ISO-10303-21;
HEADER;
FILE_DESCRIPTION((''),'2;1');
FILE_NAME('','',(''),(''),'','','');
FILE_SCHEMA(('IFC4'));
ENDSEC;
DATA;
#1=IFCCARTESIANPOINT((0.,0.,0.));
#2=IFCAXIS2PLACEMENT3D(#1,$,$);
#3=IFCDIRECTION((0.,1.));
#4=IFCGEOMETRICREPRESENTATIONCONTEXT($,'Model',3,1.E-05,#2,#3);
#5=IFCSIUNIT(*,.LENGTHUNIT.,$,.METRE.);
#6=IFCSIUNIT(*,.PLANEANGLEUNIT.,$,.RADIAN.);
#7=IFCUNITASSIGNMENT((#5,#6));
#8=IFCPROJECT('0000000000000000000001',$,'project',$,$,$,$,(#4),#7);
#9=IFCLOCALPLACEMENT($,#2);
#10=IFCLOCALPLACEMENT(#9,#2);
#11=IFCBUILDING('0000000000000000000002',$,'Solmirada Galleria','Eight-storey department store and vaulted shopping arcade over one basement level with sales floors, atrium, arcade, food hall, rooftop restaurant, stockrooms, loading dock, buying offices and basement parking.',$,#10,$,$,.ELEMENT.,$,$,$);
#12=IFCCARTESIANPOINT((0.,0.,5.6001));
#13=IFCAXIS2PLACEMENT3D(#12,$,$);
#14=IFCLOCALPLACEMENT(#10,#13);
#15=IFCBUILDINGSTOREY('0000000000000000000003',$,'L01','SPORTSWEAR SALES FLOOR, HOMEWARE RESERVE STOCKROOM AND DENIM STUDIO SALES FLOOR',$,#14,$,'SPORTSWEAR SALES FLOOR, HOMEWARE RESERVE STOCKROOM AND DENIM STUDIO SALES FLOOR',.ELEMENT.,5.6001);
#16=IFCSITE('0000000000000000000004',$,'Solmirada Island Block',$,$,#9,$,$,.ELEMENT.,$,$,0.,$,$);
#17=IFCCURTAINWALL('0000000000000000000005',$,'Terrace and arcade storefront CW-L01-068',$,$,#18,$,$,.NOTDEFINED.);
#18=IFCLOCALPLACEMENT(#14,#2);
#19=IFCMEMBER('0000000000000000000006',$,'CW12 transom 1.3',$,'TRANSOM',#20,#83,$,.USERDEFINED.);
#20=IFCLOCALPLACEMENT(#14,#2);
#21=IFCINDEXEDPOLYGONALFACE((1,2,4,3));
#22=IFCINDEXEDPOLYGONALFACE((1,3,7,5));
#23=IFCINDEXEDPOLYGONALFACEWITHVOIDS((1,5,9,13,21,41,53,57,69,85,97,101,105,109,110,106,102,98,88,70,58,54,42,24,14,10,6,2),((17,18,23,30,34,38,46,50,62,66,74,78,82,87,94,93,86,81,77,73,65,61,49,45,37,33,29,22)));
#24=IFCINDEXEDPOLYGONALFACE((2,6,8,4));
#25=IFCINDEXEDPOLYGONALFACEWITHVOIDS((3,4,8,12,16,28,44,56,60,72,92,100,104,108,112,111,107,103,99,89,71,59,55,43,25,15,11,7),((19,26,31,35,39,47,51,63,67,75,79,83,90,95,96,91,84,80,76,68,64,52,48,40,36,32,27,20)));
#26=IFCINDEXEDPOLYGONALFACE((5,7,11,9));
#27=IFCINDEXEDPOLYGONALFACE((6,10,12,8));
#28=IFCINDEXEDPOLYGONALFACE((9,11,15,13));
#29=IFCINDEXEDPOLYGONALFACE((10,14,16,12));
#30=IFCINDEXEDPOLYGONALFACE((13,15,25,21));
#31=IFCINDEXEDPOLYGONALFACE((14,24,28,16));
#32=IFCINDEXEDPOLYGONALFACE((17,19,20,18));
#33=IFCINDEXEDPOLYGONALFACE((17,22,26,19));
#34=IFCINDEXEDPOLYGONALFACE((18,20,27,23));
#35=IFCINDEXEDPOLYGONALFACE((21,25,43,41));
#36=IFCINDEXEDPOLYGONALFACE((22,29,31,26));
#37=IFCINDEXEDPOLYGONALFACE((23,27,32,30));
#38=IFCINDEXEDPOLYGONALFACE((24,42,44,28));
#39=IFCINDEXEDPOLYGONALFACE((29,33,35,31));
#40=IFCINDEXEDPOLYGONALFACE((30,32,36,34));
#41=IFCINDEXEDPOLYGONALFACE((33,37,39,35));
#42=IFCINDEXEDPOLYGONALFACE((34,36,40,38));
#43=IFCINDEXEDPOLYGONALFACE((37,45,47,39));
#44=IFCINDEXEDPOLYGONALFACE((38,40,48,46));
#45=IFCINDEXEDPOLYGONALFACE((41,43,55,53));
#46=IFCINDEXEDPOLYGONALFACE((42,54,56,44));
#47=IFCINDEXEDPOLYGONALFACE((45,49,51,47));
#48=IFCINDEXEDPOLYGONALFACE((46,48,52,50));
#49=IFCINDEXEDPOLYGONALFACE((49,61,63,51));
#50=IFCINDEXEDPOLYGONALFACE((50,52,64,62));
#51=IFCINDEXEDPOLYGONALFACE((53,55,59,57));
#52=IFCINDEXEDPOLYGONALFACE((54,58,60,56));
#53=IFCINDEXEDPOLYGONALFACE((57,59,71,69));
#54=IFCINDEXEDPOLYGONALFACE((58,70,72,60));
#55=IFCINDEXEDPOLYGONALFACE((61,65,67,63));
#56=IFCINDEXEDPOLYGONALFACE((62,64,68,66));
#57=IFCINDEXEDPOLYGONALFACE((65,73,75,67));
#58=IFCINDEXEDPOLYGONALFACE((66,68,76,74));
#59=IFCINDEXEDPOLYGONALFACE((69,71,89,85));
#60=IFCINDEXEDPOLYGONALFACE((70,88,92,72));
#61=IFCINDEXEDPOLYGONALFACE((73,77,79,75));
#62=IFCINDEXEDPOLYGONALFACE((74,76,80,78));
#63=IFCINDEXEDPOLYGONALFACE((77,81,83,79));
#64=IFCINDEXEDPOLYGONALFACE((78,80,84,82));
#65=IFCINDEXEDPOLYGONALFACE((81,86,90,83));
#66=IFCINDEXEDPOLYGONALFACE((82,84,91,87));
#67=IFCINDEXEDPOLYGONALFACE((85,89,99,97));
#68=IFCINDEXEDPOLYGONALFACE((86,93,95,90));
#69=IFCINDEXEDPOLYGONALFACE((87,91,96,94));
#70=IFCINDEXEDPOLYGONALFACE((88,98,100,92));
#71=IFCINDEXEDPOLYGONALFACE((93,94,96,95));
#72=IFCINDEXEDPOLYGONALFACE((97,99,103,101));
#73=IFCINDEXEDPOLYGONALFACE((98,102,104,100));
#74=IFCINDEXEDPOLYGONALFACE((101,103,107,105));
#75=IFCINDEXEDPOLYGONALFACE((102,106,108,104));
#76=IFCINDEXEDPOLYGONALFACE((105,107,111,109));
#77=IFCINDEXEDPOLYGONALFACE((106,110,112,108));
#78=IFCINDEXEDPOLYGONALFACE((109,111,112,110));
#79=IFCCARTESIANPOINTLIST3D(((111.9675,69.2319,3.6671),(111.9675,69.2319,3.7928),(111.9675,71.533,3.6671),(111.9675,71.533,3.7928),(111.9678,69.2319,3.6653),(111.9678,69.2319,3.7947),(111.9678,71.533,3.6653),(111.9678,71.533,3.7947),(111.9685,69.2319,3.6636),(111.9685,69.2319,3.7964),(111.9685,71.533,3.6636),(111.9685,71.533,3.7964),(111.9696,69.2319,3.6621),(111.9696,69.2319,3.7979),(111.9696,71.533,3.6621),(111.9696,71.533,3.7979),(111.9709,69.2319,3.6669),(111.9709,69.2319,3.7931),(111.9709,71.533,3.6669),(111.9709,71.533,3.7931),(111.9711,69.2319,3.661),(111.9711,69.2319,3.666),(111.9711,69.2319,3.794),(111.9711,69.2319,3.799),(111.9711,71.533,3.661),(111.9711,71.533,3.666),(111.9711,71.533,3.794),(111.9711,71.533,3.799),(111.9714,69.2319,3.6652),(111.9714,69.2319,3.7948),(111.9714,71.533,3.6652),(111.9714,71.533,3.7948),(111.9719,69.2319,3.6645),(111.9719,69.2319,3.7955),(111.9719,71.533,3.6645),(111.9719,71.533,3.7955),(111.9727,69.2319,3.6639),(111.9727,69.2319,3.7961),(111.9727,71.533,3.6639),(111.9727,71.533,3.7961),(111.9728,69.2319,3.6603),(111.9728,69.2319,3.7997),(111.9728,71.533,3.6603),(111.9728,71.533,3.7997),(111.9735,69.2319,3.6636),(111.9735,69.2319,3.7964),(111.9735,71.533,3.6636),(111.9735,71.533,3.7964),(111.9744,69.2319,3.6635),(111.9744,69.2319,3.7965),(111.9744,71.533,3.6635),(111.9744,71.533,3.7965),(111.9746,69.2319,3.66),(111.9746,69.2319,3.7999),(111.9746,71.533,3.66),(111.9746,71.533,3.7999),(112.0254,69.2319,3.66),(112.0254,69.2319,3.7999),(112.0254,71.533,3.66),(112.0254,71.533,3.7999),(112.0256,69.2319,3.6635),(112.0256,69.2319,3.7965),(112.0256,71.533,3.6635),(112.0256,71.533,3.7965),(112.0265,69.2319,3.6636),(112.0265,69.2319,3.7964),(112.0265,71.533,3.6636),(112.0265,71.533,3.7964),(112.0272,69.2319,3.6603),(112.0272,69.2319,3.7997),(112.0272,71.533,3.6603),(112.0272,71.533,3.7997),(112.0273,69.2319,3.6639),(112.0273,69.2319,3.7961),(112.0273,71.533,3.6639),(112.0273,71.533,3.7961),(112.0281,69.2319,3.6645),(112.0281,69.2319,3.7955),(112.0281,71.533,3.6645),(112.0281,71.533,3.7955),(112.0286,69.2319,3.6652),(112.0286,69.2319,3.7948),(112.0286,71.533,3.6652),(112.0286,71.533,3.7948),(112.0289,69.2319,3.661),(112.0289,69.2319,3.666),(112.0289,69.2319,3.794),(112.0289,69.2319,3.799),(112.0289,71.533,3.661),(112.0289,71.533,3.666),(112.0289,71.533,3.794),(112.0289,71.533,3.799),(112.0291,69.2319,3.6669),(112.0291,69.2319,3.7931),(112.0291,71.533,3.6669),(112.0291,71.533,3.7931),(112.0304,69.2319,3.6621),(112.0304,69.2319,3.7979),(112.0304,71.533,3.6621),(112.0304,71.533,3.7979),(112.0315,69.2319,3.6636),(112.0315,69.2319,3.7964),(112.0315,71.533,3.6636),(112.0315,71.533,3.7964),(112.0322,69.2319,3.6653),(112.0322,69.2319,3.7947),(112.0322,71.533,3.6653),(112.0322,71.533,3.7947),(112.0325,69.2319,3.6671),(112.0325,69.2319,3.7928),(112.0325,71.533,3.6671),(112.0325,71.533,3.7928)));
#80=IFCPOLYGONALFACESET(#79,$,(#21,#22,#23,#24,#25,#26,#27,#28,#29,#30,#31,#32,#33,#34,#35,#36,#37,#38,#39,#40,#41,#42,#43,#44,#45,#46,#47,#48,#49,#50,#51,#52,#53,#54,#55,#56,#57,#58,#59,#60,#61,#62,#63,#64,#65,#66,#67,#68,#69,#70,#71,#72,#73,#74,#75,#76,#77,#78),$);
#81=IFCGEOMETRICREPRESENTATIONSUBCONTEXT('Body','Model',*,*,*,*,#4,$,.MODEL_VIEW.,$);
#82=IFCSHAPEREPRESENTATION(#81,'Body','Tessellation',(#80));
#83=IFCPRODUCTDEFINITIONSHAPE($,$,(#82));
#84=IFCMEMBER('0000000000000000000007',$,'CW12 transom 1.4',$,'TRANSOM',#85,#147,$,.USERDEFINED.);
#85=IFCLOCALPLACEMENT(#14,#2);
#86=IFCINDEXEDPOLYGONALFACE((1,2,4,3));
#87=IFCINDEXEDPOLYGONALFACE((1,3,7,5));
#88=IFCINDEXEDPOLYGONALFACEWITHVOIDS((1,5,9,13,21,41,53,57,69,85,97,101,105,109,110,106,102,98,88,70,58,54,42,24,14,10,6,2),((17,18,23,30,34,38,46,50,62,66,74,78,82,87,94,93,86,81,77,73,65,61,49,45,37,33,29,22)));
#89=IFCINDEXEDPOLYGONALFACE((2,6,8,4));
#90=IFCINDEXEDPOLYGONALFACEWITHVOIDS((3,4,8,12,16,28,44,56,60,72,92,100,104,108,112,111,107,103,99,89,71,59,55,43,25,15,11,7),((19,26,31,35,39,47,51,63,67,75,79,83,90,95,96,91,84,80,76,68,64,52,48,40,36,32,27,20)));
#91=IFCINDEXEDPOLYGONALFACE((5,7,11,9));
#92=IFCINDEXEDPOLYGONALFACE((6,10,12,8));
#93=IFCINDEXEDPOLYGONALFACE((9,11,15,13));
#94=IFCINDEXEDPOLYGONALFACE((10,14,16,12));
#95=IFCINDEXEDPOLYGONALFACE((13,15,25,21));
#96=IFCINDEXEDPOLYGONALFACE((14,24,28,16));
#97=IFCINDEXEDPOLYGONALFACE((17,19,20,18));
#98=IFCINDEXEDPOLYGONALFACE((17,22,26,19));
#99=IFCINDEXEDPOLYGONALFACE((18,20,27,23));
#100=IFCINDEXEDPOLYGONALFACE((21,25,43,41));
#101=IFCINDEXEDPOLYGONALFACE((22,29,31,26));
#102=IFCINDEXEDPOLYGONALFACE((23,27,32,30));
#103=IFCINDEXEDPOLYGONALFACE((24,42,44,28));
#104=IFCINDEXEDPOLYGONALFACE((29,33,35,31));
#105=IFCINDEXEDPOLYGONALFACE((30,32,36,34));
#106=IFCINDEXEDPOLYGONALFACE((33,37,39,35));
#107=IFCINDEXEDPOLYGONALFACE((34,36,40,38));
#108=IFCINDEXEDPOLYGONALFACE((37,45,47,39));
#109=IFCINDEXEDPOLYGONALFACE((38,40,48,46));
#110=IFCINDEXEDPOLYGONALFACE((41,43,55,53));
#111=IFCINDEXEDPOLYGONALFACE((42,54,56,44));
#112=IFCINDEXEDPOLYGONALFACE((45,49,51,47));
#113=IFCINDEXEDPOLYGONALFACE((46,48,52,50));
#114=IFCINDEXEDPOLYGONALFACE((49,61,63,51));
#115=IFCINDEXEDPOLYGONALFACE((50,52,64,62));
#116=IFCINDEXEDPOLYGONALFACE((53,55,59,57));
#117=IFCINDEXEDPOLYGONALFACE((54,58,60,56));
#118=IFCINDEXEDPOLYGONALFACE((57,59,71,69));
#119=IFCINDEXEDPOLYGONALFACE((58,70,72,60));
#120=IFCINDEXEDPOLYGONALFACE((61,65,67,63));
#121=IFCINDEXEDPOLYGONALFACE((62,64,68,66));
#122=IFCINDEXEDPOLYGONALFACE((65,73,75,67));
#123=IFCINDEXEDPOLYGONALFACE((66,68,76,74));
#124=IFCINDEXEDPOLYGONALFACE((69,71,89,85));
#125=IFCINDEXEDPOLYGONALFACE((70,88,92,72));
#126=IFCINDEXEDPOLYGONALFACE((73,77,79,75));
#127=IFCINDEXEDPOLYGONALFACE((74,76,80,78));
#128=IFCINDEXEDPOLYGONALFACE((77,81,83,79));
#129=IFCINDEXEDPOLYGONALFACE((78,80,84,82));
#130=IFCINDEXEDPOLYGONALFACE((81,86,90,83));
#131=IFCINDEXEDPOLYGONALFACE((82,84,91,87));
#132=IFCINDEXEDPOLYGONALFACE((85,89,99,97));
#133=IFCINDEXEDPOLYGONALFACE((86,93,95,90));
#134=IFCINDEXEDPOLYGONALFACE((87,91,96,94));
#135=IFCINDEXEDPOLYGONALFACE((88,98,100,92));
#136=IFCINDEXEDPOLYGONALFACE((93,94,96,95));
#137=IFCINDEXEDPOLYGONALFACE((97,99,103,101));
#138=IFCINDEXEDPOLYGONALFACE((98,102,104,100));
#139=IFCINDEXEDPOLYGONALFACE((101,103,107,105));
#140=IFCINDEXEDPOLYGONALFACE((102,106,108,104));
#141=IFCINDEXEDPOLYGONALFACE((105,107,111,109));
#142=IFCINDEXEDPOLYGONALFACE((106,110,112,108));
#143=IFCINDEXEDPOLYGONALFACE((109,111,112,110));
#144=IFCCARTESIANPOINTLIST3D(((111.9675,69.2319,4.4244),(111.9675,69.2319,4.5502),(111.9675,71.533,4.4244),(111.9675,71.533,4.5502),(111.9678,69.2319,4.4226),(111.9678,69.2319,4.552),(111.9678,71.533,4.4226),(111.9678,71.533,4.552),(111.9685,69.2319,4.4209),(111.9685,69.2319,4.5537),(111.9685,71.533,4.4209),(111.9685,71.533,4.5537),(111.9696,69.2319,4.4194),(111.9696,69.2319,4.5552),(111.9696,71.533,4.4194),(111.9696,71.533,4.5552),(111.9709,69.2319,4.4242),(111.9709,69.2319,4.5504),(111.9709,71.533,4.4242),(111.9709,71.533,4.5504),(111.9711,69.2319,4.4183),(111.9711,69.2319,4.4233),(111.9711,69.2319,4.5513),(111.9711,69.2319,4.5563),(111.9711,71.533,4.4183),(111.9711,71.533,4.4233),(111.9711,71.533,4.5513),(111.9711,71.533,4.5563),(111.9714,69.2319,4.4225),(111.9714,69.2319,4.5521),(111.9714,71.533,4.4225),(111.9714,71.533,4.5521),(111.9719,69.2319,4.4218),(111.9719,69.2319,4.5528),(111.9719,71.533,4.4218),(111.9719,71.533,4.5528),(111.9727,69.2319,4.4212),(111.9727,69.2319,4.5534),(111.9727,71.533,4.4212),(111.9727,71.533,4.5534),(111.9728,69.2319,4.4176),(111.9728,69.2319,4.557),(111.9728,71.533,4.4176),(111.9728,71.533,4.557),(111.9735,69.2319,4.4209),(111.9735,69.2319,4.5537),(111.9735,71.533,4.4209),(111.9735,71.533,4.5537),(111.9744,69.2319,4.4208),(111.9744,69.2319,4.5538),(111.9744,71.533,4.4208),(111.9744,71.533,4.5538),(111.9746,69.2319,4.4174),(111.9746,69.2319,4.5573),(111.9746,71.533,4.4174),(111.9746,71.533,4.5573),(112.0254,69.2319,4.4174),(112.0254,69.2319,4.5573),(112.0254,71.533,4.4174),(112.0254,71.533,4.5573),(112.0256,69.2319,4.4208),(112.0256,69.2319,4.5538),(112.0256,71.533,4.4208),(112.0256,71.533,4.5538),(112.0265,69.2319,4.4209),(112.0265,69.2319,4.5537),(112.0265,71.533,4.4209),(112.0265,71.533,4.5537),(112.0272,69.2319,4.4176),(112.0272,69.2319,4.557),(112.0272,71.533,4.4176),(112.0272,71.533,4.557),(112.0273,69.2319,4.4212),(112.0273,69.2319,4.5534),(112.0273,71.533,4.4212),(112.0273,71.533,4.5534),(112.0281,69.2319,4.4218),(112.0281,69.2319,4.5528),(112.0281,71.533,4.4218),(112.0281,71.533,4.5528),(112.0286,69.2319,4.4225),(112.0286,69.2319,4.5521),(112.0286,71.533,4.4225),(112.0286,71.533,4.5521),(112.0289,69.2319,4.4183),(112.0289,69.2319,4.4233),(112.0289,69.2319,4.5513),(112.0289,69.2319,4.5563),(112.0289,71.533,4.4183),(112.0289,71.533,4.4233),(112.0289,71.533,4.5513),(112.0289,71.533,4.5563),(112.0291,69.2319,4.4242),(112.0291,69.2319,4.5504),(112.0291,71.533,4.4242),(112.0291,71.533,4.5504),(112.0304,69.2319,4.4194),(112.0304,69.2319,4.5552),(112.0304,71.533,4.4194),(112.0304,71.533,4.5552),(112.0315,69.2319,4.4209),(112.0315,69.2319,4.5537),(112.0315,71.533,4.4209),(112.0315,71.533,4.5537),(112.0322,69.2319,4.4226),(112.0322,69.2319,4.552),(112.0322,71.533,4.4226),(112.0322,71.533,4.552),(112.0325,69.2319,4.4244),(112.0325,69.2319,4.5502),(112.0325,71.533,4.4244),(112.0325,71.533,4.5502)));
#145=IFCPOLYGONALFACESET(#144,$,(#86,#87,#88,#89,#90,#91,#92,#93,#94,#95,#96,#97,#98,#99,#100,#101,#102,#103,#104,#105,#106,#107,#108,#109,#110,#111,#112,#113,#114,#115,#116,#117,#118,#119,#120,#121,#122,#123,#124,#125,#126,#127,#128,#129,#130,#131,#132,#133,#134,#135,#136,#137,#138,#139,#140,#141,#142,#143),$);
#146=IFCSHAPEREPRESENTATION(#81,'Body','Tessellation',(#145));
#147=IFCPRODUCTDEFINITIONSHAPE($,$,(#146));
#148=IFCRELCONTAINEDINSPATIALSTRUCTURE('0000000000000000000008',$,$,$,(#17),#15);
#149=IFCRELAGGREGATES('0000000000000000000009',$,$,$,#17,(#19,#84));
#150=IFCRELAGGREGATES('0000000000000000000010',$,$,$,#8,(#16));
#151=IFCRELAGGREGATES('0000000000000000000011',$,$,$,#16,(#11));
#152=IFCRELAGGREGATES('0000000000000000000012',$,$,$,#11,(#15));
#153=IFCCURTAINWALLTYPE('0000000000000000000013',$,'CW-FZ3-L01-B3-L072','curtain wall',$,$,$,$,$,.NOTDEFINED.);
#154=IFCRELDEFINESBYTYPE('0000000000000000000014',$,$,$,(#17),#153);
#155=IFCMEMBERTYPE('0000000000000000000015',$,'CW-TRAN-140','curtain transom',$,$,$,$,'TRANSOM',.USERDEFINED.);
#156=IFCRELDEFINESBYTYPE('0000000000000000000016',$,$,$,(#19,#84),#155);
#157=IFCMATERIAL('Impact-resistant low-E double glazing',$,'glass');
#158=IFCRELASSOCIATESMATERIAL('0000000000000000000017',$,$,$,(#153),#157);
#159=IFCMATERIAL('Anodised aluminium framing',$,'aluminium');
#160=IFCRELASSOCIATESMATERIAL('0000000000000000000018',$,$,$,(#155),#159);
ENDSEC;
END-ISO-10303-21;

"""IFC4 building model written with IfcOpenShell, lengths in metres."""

from ifc_helpers import new_model, si_unit, direction, frame, origin, origin_2d, place, context, subcontext, project, spatial, hollow_rectangle, extrude, material, material_profile, profile_set, type_object, element, aggregate, save


model = new_model("IFC4")

# Units and contexts
model_context = context("Model", 3, precision=1e-05, world=origin(), true_north=direction((0.0, 1.0)))
body_context = subcontext(model_context, "Body", "Model", "MODEL_VIEW")
ifc_project = project(units=[si_unit("LENGTHUNIT", "METRE"), si_unit("PLANEANGLEUNIT", "RADIAN")], contexts=[model_context])

# Site, building, storey
site_placement = place(None, origin())
site = spatial("IfcSite", under=ifc_project, at=site_placement, Name="Solmirada Island Block", CompositionType="ELEMENT", RefElevation=0.0)
building_placement = place(site_placement, origin())
building = spatial("IfcBuilding", under=site, at=building_placement, Name="Solmirada Galleria", Description="Eight-storey department store and vaulted shopping arcade over one basement level with sales floors, atrium, arcade, food hall, rooftop restaurant, stockrooms, loading dock, buying offices and basement parking.", CompositionType="ELEMENT")
storey_placement = place(building_placement, frame((0.0, 0.0, 5.6001)))
storey = spatial("IfcBuildingStorey", under=building, at=storey_placement, Name="L01", Description="SPORTSWEAR SALES FLOOR, HOMEWARE RESERVE STOCKROOM AND DENIM STUDIO SALES FLOOR", LongName="SPORTSWEAR SALES FLOOR, HOMEWARE RESERVE STOCKROOM AND DENIM STUDIO SALES FLOOR", CompositionType="ELEMENT", Elevation=5.6001)

# Shared definitions
ifc_material_1 = material(Name="Impact-resistant low-E double glazing", Category="glass")
ifc_material_2 = material(Name="Anodised aluminium framing", Category="aluminium")

# Curtain wall
curtain_wall_type_1 = type_object("IfcCurtainWallType", Name="CW-FZ3-L01-B3-L072", Description="curtain wall", PredefinedType="NOTDEFINED", material=ifc_material_1)
curtain_wall_1_placement = place(storey_placement, origin())
curtain_wall_1 = element("IfcCurtainWall", 1, at=curtain_wall_1_placement, inside=storey, type_object=curtain_wall_type_1, Name="Terrace and arcade storefront CW-L01-068", PredefinedType="NOTDEFINED")

# Members
ifc_material_profile_1 = material_profile(ifc_material_2, hollow_rectangle(XDim=0.0649, YDim=0.1399, WallThickness=0.0034, InnerFilletRadius=0.0034, OuterFilletRadius=0.0071, at=origin_2d()), Name="ALU-TRAN-140X65")
ifc_profile_set_1 = profile_set([ifc_material_profile_1], Name="Anodised aluminium framing")
member_type_1 = type_object("IfcMemberType", Name="CW-TRAN-140", Description="curtain transom", ElementType="TRANSOM", PredefinedType="USERDEFINED", material=ifc_profile_set_1)
member_1_placement = place(storey_placement, frame((112.0, 71.533, 3.73), z_axis=(0.0, -1.0, 0.0), x_axis=(1.0, 0.0, 0.0)))
member_1 = element("IfcMember", 2, at=member_1_placement, type_object=member_type_1, Name="CW12 transom 1.3", ObjectType="TRANSOM", PredefinedType="USERDEFINED", context=body_context, shape_type="SweptSolid", body=[
    extrude(hollow_rectangle(XDim=0.0649, YDim=0.1399, WallThickness=0.0034, InnerFilletRadius=0.0034, OuterFilletRadius=0.0071, at=origin_2d()), origin(), (0.0, 0.0, 1.0), 2.301),
])
member_2_placement = place(storey_placement, frame((112.0, 71.533, 4.4873), z_axis=(0.0, -1.0, 0.0), x_axis=(1.0, 0.0, 0.0)))
member_2 = element("IfcMember", 3, at=member_2_placement, type_object=member_type_1, Name="CW12 transom 1.4", ObjectType="TRANSOM", PredefinedType="USERDEFINED", context=body_context, shape_type="SweptSolid", body=[
    extrude(hollow_rectangle(XDim=0.0649, YDim=0.1399, WallThickness=0.0034, InnerFilletRadius=0.0034, OuterFilletRadius=0.0071, at=origin_2d()), origin(), (0.0, 0.0, 1.0), 2.301),
])

aggregate(curtain_wall_1, [member_1, member_2])

save(model, "model.ifc")
